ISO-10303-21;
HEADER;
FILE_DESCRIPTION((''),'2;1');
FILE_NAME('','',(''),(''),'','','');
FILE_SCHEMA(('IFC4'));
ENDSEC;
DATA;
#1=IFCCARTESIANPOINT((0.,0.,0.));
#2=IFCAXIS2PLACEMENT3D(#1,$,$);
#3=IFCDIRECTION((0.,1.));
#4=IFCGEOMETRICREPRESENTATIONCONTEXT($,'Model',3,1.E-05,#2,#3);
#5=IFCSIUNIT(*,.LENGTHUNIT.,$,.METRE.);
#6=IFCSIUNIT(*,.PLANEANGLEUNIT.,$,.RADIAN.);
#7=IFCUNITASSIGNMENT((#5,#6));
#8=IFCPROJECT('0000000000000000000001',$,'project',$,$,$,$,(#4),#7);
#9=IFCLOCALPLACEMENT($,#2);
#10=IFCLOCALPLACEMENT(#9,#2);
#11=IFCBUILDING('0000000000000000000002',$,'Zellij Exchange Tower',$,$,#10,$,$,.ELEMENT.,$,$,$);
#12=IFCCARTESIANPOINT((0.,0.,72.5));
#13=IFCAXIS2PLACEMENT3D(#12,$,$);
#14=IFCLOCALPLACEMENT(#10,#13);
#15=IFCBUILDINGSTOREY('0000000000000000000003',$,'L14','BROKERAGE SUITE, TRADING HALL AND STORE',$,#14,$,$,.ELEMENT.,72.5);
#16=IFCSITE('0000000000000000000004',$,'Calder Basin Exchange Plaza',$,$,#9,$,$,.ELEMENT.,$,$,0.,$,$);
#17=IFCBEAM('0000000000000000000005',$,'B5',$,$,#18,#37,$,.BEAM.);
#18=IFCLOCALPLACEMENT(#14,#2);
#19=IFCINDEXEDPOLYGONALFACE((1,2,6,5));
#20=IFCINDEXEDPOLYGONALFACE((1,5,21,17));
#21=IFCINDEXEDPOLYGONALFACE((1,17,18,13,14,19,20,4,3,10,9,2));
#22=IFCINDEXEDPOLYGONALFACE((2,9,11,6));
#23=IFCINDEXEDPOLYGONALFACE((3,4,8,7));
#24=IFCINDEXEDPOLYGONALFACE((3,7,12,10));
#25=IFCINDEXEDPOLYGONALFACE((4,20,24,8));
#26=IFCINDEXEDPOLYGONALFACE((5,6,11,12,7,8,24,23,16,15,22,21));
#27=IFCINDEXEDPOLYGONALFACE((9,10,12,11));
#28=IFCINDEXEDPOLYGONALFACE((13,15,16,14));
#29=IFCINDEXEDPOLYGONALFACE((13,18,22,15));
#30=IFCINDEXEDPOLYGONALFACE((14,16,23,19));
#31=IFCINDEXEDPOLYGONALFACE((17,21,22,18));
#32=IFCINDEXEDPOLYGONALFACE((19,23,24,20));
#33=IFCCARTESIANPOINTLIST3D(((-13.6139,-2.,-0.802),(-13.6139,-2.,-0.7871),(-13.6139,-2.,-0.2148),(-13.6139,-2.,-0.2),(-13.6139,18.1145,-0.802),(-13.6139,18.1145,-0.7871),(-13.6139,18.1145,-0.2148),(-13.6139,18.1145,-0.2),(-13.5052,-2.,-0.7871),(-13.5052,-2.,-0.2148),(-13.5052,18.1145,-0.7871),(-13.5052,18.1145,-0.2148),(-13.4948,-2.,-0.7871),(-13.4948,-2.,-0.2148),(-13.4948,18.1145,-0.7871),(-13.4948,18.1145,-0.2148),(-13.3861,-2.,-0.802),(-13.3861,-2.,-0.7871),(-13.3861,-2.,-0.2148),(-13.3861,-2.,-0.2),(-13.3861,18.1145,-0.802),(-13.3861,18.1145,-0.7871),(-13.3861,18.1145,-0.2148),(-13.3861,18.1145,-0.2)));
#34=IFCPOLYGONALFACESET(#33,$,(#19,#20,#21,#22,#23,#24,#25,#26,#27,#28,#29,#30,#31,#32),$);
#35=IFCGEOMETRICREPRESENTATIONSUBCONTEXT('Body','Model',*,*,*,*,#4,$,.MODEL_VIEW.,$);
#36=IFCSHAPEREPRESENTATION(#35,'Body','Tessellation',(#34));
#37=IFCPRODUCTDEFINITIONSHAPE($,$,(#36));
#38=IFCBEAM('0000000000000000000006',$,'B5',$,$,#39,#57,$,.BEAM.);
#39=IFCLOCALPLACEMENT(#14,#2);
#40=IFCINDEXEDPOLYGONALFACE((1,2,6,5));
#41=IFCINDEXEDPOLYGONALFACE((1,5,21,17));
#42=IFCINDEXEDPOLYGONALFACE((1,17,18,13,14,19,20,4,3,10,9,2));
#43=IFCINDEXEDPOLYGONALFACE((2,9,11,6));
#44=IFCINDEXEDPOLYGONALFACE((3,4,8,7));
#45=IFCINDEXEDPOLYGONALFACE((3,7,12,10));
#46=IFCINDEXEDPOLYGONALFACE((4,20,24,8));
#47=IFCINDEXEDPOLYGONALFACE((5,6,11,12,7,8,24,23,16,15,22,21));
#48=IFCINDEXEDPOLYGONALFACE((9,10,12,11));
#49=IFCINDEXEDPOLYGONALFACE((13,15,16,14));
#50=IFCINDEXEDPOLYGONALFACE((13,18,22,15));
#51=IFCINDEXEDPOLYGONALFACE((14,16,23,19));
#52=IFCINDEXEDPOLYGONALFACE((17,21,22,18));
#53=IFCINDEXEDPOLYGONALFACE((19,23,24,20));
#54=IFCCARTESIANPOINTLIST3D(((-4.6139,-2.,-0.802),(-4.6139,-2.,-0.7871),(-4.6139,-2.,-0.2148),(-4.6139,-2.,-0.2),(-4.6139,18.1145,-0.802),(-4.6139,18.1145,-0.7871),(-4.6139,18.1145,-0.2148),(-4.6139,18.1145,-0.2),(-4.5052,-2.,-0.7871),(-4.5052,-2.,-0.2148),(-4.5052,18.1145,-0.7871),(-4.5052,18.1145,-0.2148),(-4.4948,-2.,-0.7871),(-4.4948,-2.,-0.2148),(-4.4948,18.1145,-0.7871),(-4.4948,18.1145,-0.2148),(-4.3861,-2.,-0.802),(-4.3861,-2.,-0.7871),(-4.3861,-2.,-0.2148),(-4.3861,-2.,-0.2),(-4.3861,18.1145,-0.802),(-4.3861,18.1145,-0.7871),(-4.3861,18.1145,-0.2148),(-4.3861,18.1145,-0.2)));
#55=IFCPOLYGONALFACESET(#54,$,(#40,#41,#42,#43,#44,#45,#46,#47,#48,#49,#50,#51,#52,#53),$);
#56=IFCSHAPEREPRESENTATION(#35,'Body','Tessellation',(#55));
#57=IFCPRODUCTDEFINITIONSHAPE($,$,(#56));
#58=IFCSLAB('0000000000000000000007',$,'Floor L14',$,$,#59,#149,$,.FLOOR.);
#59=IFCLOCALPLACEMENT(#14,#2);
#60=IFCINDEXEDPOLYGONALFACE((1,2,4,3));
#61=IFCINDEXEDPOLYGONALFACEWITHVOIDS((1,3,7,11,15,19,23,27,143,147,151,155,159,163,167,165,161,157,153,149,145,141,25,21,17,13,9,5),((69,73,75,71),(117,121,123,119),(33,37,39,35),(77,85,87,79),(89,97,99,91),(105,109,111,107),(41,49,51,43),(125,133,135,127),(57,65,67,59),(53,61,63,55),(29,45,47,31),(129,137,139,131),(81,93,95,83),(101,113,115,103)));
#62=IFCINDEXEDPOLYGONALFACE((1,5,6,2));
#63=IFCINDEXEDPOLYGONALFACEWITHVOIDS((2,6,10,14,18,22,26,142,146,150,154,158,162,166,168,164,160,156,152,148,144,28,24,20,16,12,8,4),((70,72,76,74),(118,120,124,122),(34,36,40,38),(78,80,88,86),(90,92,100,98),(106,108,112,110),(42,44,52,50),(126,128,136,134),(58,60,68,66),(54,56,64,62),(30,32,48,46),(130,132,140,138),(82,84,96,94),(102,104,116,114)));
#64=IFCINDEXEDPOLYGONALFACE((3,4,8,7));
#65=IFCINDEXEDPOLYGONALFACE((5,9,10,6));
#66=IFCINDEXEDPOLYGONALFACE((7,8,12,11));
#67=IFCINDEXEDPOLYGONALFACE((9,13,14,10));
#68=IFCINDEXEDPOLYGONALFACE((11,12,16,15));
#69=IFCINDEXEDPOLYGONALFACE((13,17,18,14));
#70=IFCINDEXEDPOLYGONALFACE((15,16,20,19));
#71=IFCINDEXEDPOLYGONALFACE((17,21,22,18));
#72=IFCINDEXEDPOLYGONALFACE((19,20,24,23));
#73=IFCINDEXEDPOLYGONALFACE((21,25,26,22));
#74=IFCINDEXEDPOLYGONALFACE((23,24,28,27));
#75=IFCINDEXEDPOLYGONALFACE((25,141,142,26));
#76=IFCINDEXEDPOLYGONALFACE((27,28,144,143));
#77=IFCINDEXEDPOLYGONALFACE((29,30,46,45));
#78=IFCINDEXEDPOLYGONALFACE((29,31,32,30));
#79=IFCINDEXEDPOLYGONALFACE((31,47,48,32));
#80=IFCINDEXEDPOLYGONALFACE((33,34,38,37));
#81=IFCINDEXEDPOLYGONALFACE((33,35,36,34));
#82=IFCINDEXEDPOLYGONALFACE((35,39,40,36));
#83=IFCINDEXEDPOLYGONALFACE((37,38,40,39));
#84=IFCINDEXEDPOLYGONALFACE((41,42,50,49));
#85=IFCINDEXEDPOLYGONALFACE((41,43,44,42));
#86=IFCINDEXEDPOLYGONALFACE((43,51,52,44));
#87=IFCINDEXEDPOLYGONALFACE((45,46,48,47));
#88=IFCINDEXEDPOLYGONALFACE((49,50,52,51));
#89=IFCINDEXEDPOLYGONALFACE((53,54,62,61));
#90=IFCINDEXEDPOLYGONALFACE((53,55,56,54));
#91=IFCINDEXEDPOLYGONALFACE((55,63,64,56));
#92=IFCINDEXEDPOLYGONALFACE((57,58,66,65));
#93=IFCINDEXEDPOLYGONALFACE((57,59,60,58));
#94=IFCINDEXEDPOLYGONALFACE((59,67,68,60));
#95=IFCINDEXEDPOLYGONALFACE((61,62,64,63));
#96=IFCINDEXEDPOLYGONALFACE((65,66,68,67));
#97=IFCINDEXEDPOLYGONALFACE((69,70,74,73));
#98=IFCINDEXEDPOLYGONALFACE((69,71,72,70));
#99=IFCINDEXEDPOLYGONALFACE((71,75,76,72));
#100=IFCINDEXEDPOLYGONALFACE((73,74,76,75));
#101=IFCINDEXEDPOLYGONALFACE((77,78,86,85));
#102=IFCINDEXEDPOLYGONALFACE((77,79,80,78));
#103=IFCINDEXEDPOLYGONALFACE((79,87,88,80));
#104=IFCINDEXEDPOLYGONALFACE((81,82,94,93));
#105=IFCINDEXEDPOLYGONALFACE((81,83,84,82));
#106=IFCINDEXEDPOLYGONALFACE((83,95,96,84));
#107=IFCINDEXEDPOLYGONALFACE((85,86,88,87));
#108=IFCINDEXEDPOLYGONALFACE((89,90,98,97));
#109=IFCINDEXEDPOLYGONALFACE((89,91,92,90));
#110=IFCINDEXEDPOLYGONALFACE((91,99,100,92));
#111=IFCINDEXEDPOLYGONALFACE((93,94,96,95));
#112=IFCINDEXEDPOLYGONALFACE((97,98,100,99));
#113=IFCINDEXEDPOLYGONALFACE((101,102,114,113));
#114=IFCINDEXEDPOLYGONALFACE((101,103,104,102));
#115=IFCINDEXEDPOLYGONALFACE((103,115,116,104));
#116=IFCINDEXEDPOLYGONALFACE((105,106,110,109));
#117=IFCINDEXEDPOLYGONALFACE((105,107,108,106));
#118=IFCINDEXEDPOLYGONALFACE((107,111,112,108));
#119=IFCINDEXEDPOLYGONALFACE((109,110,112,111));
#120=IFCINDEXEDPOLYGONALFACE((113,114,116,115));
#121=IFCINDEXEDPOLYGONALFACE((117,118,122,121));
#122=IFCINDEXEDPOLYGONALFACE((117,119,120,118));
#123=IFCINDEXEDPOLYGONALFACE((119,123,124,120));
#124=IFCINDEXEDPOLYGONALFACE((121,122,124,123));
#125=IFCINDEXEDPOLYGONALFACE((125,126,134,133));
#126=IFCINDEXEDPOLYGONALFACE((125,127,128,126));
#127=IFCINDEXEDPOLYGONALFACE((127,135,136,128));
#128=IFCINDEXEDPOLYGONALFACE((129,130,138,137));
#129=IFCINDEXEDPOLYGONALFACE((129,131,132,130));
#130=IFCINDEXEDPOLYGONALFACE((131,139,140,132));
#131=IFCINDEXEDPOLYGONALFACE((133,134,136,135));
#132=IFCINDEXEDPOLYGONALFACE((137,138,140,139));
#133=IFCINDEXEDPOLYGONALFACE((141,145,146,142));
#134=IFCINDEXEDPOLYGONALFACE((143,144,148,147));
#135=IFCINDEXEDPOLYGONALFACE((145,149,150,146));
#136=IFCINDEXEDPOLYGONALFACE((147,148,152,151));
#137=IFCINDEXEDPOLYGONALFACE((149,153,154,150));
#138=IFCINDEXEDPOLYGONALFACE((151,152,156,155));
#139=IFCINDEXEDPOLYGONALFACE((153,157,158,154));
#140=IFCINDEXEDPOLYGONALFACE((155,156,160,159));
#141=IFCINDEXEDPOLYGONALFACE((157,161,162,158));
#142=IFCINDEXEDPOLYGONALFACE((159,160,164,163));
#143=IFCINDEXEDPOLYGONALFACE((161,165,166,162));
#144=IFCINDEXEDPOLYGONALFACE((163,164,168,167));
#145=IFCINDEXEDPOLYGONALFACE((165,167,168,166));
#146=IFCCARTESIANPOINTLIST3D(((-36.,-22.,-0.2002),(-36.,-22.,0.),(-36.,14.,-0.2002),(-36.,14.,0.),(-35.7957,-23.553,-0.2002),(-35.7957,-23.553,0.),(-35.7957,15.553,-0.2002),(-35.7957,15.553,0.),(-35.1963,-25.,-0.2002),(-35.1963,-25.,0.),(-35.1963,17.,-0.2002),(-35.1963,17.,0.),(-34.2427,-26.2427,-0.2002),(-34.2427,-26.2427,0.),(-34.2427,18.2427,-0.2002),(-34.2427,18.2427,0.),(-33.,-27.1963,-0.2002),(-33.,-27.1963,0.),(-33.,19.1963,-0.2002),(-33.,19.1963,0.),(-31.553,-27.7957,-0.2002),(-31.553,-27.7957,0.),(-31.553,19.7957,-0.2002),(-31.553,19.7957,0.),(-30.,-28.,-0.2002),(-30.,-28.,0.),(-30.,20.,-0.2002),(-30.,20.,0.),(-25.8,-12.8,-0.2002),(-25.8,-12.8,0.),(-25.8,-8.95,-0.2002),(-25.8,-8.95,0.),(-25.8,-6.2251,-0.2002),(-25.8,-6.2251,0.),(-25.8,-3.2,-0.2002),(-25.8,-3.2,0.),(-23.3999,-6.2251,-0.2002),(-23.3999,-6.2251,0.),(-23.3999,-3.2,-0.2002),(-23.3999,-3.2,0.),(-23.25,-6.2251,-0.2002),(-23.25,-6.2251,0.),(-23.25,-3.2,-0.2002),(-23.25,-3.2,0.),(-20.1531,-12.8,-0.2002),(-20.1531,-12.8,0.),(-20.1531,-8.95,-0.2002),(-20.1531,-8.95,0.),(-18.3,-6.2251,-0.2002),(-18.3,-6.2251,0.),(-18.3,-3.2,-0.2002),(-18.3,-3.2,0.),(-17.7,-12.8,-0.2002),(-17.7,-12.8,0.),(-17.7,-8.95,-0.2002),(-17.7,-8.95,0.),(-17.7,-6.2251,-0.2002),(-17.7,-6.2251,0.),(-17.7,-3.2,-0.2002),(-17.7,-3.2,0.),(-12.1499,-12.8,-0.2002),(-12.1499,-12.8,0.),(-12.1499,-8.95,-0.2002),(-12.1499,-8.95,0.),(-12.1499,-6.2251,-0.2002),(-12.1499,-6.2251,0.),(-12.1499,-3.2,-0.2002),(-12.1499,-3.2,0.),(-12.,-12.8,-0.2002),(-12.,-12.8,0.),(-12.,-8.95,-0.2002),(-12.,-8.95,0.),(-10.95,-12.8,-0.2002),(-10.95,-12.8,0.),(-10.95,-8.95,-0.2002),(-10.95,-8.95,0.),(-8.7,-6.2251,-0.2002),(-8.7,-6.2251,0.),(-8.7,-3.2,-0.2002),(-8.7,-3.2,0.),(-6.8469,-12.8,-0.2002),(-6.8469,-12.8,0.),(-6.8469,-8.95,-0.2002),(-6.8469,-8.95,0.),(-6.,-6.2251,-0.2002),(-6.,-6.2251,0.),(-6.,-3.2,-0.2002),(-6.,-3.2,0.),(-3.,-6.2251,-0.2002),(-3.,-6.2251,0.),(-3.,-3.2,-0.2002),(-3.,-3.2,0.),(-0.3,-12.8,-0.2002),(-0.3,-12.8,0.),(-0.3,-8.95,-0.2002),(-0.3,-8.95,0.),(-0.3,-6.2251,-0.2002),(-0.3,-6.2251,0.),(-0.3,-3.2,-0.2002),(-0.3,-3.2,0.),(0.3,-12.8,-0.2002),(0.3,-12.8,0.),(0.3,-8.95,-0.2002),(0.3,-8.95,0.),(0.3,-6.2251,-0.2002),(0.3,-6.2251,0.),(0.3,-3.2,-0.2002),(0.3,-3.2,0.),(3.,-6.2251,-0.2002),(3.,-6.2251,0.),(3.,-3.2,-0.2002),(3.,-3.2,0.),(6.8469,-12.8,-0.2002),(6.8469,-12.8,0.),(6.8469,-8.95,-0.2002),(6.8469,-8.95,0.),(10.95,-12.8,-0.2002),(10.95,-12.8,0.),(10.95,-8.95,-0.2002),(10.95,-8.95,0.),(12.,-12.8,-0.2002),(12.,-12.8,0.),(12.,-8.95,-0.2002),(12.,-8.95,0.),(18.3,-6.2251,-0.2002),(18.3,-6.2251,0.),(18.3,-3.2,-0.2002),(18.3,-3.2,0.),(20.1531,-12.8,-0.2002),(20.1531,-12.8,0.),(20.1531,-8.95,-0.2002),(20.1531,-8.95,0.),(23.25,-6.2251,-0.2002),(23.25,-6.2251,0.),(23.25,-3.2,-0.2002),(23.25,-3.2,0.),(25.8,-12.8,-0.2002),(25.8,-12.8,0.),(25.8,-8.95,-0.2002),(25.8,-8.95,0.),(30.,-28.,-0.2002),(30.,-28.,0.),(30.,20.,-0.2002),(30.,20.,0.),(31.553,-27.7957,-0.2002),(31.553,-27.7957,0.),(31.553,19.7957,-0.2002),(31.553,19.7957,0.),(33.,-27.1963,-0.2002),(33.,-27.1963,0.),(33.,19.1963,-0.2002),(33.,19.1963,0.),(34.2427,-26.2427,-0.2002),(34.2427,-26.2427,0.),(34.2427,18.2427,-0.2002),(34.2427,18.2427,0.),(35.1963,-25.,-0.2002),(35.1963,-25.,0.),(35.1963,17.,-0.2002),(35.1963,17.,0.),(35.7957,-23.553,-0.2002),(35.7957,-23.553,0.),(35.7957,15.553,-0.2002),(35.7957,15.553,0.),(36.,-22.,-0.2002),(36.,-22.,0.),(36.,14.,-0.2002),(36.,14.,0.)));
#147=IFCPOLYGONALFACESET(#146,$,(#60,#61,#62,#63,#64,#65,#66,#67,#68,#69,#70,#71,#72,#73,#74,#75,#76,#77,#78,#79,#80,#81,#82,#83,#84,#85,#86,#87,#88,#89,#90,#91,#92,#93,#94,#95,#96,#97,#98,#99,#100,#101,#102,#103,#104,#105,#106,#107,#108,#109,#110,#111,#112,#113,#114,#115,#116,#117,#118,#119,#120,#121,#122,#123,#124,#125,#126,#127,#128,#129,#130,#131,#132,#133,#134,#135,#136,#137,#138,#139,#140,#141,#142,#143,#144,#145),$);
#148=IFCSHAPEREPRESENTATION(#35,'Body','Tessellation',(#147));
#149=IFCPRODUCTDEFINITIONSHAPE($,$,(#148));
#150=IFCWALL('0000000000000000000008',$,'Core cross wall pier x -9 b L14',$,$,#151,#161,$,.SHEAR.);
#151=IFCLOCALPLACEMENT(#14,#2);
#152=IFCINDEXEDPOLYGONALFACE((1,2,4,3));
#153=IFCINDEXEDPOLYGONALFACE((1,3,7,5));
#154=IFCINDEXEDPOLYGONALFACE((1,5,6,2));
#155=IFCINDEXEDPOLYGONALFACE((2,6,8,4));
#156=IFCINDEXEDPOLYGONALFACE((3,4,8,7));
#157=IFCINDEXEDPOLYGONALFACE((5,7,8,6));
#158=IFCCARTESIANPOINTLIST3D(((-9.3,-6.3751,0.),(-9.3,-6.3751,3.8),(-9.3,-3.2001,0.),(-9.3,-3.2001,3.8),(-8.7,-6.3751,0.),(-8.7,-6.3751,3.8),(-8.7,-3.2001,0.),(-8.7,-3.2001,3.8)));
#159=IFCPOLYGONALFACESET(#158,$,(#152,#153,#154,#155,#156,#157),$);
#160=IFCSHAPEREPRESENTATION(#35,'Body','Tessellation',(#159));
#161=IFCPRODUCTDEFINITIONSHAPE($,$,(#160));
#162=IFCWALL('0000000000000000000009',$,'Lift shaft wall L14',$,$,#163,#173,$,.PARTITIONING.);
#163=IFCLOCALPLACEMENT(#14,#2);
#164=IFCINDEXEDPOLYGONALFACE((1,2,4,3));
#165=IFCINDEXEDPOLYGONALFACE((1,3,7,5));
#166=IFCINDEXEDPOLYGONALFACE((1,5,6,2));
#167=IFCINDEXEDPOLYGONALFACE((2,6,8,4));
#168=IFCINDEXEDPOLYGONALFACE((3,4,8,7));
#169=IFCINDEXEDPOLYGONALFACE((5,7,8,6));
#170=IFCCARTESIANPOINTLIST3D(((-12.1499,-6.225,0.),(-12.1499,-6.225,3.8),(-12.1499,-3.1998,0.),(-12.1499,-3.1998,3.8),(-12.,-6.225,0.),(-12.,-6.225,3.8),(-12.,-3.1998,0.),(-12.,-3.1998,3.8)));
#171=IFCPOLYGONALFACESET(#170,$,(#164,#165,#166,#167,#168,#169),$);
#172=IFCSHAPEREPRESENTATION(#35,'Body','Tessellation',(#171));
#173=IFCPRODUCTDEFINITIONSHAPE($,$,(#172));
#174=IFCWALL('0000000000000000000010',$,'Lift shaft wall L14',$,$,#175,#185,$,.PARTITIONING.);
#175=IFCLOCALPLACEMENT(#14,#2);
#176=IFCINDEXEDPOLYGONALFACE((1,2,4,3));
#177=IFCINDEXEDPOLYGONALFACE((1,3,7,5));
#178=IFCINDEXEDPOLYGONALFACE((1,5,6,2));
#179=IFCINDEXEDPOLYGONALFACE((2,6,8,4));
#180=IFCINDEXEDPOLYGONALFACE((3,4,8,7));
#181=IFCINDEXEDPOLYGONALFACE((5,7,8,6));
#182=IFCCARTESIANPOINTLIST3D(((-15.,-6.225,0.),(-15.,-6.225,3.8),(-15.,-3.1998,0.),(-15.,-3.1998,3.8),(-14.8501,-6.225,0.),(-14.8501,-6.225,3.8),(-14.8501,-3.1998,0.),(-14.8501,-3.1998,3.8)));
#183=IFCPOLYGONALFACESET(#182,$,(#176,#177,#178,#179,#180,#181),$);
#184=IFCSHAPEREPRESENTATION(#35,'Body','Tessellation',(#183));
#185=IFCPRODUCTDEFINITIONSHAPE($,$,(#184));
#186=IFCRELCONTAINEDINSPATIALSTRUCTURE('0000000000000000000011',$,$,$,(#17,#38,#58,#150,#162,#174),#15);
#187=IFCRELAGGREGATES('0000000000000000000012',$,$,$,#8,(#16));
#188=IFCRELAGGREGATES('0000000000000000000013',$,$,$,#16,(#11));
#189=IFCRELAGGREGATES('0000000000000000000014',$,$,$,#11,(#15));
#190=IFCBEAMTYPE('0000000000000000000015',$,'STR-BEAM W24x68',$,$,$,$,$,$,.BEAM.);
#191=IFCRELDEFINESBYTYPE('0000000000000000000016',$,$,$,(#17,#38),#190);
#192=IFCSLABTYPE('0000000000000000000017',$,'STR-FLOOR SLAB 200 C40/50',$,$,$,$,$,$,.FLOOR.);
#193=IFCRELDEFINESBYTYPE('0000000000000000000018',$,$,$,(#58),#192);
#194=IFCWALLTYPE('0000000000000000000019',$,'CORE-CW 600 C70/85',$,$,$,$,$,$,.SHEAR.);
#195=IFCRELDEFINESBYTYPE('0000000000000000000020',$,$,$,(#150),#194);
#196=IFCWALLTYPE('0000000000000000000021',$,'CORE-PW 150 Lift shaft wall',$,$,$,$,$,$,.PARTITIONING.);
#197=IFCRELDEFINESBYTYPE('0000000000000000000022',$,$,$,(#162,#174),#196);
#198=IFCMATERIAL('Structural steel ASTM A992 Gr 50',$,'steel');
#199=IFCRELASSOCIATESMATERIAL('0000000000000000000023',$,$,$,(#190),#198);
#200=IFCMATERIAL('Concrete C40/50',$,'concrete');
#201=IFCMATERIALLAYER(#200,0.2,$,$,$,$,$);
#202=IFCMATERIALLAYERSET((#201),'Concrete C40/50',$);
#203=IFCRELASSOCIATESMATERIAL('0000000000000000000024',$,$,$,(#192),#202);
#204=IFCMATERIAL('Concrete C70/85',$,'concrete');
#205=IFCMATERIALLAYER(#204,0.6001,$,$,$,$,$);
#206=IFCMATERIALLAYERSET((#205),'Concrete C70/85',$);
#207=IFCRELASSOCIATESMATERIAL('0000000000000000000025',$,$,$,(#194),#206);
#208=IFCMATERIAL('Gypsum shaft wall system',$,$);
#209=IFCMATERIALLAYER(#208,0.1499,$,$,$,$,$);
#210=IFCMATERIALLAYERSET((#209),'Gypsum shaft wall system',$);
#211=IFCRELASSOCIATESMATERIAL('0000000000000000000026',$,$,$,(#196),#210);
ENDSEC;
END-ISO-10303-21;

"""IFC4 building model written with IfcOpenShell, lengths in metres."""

from ifc_helpers import new_model, si_unit, direction, frame, frame_2d, origin, origin_2d, place, context, subcontext, project, spatial, polyline, rectangle, i_section, outline, extrude, material, layer, layer_set, material_profile, profile_set, type_object, element, save


model = new_model("IFC4")

# Units and contexts
model_context = context("Model", 3, precision=1e-05, world=origin(), true_north=direction((0.0, 1.0)))
body_context = subcontext(model_context, "Body", "Model", "MODEL_VIEW")
ifc_project = project(units=[si_unit("LENGTHUNIT", "METRE"), si_unit("PLANEANGLEUNIT", "RADIAN")], contexts=[model_context])

# Site, building, storey
site_placement = place(None, origin())
site = spatial("IfcSite", under=ifc_project, at=site_placement, Name="Calder Basin Exchange Plaza", CompositionType="ELEMENT", RefElevation=0.0)
building_placement = place(site_placement, origin())
building = spatial("IfcBuilding", under=site, at=building_placement, Name="Zellij Exchange Tower", CompositionType="ELEMENT")
storey_placement = place(building_placement, frame((0.0, 0.0, 72.5)))
storey = spatial("IfcBuildingStorey", under=building, at=storey_placement, Name="L14", Description="BROKERAGE SUITE, TRADING HALL AND STORE", CompositionType="ELEMENT", Elevation=72.5)

# Beams
ifc_material_1 = material(Name="Structural steel ASTM A992 Gr 50", Category="steel")
ifc_material_profile = material_profile(ifc_material_1, i_section(OverallWidth=0.2278, OverallDepth=0.6021, WebThickness=0.0105, FlangeThickness=0.0149, at=origin_2d()), Name="W24x68")
ifc_profile_set = profile_set([ifc_material_profile], Name="Structural steel ASTM A992 Gr 50")
beam_type = type_object("IfcBeamType", Name="STR-BEAM W24x68", PredefinedType="BEAM", material=ifc_profile_set)
for number, where, z_axis, x_axis, name in (
    (1, (-13.5, -2.0, -0.501), (0.0, 1.0, 0.0), (-1.0, 0.0, 0.0), "B5"),
    (2, (-4.5, -2.0, -0.501), (0.0, 1.0, 0.0), (-1.0, 0.0, 0.0), "B5"),
):
    element("IfcBeam", number, at=place(storey_placement, frame(where, z_axis=z_axis, x_axis=x_axis)), inside=storey, type_object=beam_type, Name=name, PredefinedType="BEAM", context=body_context, shape_type="SweptSolid", body=[
        extrude(i_section(OverallWidth=0.2278, OverallDepth=0.6021, WebThickness=0.0105, FlangeThickness=0.0149, at=origin_2d()), origin(), (0.0, 0.0, 1.0), 20.1145),
    ])

# Slab
ifc_material_2 = material(Name="Concrete C40/50", Category="concrete")
ifc_layer_1 = layer(ifc_material_2, 0.2)
ifc_layer_set_1 = layer_set([ifc_layer_1], Name="Concrete C40/50")
slab_type = type_object("IfcSlabType", Name="STR-FLOOR SLAB 200 C40/50", PredefinedType="FLOOR", material=ifc_layer_set_1)
slab_placement = place(storey_placement, frame((0.0, 0.0, -0.2002)))
element("IfcSlab", 3, at=slab_placement, inside=storey, type_object=slab_type, Name="Floor L14", PredefinedType="FLOOR", context=body_context, shape_type="SweptSolid", body=[
    extrude(outline(polyline([(-30.0, -28.0), (-31.553, -27.7957), (-33.0, -27.1963), (-34.2427, -26.2427), (-35.1963, -25.0), (-35.7957, -23.553), (-36.0, -22.0), (-36.0, 14.0), (-35.7957, 15.553), (-35.1963, 17.0), (-34.2427, 18.2427), (-33.0, 19.1963), (-31.553, 19.7957), (-30.0, 20.0), (30.0, 20.0), (31.553, 19.7957), (33.0, 19.1963), (34.2427, 18.2427), (35.1963, 17.0), (35.7957, 15.553), (36.0, 14.0), (36.0, -22.0), (35.7957, -23.553), (35.1963, -25.0), (34.2427, -26.2427), (33.0, -27.1963), (31.553, -27.7957), (30.0, -28.0), (-30.0, -28.0)]), holes=[polyline([(-25.8, -8.95), (-25.8, -12.8), (-20.1531, -12.8), (-20.1531, -8.95), (-25.8, -8.95)]), polyline([(-12.1499, -8.95), (-17.7, -8.95), (-17.7, -12.8), (-12.1499, -12.8), (-12.1499, -8.95)]), polyline([(-10.95, -8.95), (-12.0, -8.95), (-12.0, -12.8), (-10.95, -12.8), (-10.95, -8.95)]), polyline([(-23.3999, -3.2), (-25.8, -3.2), (-25.8, -6.2251), (-23.3999, -6.2251), (-23.3999, -3.2)]), polyline([(-18.3, -3.2), (-23.25, -3.2), (-23.25, -6.2251), (-18.3, -6.2251), (-18.3, -3.2)]), polyline([(-12.1499, -3.2), (-17.7, -3.2), (-17.7, -6.2251), (-12.1499, -6.2251), (-12.1499, -3.2)]), polyline([(-6.0, -3.2), (-8.7, -3.2), (-8.7, -6.2251), (-6.0, -6.2251), (-6.0, -3.2)]), polyline([(-6.8469, -8.95), (-6.8469, -12.8), (-0.3, -12.8), (-0.3, -8.95), (-6.8469, -8.95)]), polyline([(6.8469, -8.95), (0.3, -8.95), (0.3, -12.8), (6.8469, -12.8), (6.8469, -8.95)]), polyline([(12.0, -8.95), (10.95, -8.95), (10.95, -12.8), (12.0, -12.8), (12.0, -8.95)]), polyline([(25.8, -8.95), (20.1531, -8.95), (20.1531, -12.8), (25.8, -12.8), (25.8, -8.95)]), polyline([(-0.3, -3.2), (-3.0, -3.2), (-3.0, -6.2251), (-0.3, -6.2251), (-0.3, -3.2)]), polyline([(3.0, -3.2), (0.3, -3.2), (0.3, -6.2251), (3.0, -6.2251), (3.0, -3.2)]), polyline([(23.25, -3.2), (18.3, -3.2), (18.3, -6.2251), (23.25, -6.2251), (23.25, -3.2)])]), origin(), (0.0, 0.0, 1.0), 0.2002),
])

# Walls
ifc_material_3 = material(Name="Concrete C70/85", Category="concrete")
ifc_layer_2 = layer(ifc_material_3, 0.6001)
ifc_layer_set_2 = layer_set([ifc_layer_2], Name="Concrete C70/85")
wall_type_1 = type_object("IfcWallType", Name="CORE-CW 600 C70/85", PredefinedType="SHEAR", material=ifc_layer_set_2)
wall_1_placement = place(storey_placement, frame((-9.0, -6.375, 0.0), z_axis=(0.0, 0.0, 1.0), x_axis=(0.0, 1.0, 0.0)))
element("IfcWall", 4, at=wall_1_placement, inside=storey, type_object=wall_type_1, Name="Core cross wall pier x -9 b L14", PredefinedType="SHEAR", context=body_context, shape_type="SweptSolid", body=[
    extrude(rectangle(XDim=3.175, YDim=0.6001, at=frame_2d((1.5874, 0.0))), origin(), (0.0, 0.0, 1.0), 3.8),
])
ifc_material_4 = material(Name="Gypsum shaft wall system")
ifc_layer_3 = layer(ifc_material_4, 0.1499)
ifc_layer_set_3 = layer_set([ifc_layer_3], Name="Gypsum shaft wall system")
wall_type_2 = type_object("IfcWallType", Name="CORE-PW 150 Lift shaft wall", PredefinedType="PARTITIONING", material=ifc_layer_set_3)
for number, where, z_axis, x_axis, name in (
    (5, (-12.075, -6.2251, 0.0), (0.0, 0.0, 1.0), (0.0, 1.0, 0.0), "Lift shaft wall L14"),
    (6, (-14.925, -6.2251, 0.0), (0.0, 0.0, 1.0), (0.0, 1.0, 0.0), "Lift shaft wall L14"),
):
    element("IfcWall", number, at=place(storey_placement, frame(where, z_axis=z_axis, x_axis=x_axis)), inside=storey, type_object=wall_type_2, Name=name, PredefinedType="PARTITIONING", context=body_context, shape_type="SweptSolid", body=[
        extrude(rectangle(XDim=3.0251, YDim=0.1499, at=frame_2d((1.5127, 0.0))), origin(), (0.0, 0.0, 1.0), 3.8),
    ])

save(model, "model.ifc")
